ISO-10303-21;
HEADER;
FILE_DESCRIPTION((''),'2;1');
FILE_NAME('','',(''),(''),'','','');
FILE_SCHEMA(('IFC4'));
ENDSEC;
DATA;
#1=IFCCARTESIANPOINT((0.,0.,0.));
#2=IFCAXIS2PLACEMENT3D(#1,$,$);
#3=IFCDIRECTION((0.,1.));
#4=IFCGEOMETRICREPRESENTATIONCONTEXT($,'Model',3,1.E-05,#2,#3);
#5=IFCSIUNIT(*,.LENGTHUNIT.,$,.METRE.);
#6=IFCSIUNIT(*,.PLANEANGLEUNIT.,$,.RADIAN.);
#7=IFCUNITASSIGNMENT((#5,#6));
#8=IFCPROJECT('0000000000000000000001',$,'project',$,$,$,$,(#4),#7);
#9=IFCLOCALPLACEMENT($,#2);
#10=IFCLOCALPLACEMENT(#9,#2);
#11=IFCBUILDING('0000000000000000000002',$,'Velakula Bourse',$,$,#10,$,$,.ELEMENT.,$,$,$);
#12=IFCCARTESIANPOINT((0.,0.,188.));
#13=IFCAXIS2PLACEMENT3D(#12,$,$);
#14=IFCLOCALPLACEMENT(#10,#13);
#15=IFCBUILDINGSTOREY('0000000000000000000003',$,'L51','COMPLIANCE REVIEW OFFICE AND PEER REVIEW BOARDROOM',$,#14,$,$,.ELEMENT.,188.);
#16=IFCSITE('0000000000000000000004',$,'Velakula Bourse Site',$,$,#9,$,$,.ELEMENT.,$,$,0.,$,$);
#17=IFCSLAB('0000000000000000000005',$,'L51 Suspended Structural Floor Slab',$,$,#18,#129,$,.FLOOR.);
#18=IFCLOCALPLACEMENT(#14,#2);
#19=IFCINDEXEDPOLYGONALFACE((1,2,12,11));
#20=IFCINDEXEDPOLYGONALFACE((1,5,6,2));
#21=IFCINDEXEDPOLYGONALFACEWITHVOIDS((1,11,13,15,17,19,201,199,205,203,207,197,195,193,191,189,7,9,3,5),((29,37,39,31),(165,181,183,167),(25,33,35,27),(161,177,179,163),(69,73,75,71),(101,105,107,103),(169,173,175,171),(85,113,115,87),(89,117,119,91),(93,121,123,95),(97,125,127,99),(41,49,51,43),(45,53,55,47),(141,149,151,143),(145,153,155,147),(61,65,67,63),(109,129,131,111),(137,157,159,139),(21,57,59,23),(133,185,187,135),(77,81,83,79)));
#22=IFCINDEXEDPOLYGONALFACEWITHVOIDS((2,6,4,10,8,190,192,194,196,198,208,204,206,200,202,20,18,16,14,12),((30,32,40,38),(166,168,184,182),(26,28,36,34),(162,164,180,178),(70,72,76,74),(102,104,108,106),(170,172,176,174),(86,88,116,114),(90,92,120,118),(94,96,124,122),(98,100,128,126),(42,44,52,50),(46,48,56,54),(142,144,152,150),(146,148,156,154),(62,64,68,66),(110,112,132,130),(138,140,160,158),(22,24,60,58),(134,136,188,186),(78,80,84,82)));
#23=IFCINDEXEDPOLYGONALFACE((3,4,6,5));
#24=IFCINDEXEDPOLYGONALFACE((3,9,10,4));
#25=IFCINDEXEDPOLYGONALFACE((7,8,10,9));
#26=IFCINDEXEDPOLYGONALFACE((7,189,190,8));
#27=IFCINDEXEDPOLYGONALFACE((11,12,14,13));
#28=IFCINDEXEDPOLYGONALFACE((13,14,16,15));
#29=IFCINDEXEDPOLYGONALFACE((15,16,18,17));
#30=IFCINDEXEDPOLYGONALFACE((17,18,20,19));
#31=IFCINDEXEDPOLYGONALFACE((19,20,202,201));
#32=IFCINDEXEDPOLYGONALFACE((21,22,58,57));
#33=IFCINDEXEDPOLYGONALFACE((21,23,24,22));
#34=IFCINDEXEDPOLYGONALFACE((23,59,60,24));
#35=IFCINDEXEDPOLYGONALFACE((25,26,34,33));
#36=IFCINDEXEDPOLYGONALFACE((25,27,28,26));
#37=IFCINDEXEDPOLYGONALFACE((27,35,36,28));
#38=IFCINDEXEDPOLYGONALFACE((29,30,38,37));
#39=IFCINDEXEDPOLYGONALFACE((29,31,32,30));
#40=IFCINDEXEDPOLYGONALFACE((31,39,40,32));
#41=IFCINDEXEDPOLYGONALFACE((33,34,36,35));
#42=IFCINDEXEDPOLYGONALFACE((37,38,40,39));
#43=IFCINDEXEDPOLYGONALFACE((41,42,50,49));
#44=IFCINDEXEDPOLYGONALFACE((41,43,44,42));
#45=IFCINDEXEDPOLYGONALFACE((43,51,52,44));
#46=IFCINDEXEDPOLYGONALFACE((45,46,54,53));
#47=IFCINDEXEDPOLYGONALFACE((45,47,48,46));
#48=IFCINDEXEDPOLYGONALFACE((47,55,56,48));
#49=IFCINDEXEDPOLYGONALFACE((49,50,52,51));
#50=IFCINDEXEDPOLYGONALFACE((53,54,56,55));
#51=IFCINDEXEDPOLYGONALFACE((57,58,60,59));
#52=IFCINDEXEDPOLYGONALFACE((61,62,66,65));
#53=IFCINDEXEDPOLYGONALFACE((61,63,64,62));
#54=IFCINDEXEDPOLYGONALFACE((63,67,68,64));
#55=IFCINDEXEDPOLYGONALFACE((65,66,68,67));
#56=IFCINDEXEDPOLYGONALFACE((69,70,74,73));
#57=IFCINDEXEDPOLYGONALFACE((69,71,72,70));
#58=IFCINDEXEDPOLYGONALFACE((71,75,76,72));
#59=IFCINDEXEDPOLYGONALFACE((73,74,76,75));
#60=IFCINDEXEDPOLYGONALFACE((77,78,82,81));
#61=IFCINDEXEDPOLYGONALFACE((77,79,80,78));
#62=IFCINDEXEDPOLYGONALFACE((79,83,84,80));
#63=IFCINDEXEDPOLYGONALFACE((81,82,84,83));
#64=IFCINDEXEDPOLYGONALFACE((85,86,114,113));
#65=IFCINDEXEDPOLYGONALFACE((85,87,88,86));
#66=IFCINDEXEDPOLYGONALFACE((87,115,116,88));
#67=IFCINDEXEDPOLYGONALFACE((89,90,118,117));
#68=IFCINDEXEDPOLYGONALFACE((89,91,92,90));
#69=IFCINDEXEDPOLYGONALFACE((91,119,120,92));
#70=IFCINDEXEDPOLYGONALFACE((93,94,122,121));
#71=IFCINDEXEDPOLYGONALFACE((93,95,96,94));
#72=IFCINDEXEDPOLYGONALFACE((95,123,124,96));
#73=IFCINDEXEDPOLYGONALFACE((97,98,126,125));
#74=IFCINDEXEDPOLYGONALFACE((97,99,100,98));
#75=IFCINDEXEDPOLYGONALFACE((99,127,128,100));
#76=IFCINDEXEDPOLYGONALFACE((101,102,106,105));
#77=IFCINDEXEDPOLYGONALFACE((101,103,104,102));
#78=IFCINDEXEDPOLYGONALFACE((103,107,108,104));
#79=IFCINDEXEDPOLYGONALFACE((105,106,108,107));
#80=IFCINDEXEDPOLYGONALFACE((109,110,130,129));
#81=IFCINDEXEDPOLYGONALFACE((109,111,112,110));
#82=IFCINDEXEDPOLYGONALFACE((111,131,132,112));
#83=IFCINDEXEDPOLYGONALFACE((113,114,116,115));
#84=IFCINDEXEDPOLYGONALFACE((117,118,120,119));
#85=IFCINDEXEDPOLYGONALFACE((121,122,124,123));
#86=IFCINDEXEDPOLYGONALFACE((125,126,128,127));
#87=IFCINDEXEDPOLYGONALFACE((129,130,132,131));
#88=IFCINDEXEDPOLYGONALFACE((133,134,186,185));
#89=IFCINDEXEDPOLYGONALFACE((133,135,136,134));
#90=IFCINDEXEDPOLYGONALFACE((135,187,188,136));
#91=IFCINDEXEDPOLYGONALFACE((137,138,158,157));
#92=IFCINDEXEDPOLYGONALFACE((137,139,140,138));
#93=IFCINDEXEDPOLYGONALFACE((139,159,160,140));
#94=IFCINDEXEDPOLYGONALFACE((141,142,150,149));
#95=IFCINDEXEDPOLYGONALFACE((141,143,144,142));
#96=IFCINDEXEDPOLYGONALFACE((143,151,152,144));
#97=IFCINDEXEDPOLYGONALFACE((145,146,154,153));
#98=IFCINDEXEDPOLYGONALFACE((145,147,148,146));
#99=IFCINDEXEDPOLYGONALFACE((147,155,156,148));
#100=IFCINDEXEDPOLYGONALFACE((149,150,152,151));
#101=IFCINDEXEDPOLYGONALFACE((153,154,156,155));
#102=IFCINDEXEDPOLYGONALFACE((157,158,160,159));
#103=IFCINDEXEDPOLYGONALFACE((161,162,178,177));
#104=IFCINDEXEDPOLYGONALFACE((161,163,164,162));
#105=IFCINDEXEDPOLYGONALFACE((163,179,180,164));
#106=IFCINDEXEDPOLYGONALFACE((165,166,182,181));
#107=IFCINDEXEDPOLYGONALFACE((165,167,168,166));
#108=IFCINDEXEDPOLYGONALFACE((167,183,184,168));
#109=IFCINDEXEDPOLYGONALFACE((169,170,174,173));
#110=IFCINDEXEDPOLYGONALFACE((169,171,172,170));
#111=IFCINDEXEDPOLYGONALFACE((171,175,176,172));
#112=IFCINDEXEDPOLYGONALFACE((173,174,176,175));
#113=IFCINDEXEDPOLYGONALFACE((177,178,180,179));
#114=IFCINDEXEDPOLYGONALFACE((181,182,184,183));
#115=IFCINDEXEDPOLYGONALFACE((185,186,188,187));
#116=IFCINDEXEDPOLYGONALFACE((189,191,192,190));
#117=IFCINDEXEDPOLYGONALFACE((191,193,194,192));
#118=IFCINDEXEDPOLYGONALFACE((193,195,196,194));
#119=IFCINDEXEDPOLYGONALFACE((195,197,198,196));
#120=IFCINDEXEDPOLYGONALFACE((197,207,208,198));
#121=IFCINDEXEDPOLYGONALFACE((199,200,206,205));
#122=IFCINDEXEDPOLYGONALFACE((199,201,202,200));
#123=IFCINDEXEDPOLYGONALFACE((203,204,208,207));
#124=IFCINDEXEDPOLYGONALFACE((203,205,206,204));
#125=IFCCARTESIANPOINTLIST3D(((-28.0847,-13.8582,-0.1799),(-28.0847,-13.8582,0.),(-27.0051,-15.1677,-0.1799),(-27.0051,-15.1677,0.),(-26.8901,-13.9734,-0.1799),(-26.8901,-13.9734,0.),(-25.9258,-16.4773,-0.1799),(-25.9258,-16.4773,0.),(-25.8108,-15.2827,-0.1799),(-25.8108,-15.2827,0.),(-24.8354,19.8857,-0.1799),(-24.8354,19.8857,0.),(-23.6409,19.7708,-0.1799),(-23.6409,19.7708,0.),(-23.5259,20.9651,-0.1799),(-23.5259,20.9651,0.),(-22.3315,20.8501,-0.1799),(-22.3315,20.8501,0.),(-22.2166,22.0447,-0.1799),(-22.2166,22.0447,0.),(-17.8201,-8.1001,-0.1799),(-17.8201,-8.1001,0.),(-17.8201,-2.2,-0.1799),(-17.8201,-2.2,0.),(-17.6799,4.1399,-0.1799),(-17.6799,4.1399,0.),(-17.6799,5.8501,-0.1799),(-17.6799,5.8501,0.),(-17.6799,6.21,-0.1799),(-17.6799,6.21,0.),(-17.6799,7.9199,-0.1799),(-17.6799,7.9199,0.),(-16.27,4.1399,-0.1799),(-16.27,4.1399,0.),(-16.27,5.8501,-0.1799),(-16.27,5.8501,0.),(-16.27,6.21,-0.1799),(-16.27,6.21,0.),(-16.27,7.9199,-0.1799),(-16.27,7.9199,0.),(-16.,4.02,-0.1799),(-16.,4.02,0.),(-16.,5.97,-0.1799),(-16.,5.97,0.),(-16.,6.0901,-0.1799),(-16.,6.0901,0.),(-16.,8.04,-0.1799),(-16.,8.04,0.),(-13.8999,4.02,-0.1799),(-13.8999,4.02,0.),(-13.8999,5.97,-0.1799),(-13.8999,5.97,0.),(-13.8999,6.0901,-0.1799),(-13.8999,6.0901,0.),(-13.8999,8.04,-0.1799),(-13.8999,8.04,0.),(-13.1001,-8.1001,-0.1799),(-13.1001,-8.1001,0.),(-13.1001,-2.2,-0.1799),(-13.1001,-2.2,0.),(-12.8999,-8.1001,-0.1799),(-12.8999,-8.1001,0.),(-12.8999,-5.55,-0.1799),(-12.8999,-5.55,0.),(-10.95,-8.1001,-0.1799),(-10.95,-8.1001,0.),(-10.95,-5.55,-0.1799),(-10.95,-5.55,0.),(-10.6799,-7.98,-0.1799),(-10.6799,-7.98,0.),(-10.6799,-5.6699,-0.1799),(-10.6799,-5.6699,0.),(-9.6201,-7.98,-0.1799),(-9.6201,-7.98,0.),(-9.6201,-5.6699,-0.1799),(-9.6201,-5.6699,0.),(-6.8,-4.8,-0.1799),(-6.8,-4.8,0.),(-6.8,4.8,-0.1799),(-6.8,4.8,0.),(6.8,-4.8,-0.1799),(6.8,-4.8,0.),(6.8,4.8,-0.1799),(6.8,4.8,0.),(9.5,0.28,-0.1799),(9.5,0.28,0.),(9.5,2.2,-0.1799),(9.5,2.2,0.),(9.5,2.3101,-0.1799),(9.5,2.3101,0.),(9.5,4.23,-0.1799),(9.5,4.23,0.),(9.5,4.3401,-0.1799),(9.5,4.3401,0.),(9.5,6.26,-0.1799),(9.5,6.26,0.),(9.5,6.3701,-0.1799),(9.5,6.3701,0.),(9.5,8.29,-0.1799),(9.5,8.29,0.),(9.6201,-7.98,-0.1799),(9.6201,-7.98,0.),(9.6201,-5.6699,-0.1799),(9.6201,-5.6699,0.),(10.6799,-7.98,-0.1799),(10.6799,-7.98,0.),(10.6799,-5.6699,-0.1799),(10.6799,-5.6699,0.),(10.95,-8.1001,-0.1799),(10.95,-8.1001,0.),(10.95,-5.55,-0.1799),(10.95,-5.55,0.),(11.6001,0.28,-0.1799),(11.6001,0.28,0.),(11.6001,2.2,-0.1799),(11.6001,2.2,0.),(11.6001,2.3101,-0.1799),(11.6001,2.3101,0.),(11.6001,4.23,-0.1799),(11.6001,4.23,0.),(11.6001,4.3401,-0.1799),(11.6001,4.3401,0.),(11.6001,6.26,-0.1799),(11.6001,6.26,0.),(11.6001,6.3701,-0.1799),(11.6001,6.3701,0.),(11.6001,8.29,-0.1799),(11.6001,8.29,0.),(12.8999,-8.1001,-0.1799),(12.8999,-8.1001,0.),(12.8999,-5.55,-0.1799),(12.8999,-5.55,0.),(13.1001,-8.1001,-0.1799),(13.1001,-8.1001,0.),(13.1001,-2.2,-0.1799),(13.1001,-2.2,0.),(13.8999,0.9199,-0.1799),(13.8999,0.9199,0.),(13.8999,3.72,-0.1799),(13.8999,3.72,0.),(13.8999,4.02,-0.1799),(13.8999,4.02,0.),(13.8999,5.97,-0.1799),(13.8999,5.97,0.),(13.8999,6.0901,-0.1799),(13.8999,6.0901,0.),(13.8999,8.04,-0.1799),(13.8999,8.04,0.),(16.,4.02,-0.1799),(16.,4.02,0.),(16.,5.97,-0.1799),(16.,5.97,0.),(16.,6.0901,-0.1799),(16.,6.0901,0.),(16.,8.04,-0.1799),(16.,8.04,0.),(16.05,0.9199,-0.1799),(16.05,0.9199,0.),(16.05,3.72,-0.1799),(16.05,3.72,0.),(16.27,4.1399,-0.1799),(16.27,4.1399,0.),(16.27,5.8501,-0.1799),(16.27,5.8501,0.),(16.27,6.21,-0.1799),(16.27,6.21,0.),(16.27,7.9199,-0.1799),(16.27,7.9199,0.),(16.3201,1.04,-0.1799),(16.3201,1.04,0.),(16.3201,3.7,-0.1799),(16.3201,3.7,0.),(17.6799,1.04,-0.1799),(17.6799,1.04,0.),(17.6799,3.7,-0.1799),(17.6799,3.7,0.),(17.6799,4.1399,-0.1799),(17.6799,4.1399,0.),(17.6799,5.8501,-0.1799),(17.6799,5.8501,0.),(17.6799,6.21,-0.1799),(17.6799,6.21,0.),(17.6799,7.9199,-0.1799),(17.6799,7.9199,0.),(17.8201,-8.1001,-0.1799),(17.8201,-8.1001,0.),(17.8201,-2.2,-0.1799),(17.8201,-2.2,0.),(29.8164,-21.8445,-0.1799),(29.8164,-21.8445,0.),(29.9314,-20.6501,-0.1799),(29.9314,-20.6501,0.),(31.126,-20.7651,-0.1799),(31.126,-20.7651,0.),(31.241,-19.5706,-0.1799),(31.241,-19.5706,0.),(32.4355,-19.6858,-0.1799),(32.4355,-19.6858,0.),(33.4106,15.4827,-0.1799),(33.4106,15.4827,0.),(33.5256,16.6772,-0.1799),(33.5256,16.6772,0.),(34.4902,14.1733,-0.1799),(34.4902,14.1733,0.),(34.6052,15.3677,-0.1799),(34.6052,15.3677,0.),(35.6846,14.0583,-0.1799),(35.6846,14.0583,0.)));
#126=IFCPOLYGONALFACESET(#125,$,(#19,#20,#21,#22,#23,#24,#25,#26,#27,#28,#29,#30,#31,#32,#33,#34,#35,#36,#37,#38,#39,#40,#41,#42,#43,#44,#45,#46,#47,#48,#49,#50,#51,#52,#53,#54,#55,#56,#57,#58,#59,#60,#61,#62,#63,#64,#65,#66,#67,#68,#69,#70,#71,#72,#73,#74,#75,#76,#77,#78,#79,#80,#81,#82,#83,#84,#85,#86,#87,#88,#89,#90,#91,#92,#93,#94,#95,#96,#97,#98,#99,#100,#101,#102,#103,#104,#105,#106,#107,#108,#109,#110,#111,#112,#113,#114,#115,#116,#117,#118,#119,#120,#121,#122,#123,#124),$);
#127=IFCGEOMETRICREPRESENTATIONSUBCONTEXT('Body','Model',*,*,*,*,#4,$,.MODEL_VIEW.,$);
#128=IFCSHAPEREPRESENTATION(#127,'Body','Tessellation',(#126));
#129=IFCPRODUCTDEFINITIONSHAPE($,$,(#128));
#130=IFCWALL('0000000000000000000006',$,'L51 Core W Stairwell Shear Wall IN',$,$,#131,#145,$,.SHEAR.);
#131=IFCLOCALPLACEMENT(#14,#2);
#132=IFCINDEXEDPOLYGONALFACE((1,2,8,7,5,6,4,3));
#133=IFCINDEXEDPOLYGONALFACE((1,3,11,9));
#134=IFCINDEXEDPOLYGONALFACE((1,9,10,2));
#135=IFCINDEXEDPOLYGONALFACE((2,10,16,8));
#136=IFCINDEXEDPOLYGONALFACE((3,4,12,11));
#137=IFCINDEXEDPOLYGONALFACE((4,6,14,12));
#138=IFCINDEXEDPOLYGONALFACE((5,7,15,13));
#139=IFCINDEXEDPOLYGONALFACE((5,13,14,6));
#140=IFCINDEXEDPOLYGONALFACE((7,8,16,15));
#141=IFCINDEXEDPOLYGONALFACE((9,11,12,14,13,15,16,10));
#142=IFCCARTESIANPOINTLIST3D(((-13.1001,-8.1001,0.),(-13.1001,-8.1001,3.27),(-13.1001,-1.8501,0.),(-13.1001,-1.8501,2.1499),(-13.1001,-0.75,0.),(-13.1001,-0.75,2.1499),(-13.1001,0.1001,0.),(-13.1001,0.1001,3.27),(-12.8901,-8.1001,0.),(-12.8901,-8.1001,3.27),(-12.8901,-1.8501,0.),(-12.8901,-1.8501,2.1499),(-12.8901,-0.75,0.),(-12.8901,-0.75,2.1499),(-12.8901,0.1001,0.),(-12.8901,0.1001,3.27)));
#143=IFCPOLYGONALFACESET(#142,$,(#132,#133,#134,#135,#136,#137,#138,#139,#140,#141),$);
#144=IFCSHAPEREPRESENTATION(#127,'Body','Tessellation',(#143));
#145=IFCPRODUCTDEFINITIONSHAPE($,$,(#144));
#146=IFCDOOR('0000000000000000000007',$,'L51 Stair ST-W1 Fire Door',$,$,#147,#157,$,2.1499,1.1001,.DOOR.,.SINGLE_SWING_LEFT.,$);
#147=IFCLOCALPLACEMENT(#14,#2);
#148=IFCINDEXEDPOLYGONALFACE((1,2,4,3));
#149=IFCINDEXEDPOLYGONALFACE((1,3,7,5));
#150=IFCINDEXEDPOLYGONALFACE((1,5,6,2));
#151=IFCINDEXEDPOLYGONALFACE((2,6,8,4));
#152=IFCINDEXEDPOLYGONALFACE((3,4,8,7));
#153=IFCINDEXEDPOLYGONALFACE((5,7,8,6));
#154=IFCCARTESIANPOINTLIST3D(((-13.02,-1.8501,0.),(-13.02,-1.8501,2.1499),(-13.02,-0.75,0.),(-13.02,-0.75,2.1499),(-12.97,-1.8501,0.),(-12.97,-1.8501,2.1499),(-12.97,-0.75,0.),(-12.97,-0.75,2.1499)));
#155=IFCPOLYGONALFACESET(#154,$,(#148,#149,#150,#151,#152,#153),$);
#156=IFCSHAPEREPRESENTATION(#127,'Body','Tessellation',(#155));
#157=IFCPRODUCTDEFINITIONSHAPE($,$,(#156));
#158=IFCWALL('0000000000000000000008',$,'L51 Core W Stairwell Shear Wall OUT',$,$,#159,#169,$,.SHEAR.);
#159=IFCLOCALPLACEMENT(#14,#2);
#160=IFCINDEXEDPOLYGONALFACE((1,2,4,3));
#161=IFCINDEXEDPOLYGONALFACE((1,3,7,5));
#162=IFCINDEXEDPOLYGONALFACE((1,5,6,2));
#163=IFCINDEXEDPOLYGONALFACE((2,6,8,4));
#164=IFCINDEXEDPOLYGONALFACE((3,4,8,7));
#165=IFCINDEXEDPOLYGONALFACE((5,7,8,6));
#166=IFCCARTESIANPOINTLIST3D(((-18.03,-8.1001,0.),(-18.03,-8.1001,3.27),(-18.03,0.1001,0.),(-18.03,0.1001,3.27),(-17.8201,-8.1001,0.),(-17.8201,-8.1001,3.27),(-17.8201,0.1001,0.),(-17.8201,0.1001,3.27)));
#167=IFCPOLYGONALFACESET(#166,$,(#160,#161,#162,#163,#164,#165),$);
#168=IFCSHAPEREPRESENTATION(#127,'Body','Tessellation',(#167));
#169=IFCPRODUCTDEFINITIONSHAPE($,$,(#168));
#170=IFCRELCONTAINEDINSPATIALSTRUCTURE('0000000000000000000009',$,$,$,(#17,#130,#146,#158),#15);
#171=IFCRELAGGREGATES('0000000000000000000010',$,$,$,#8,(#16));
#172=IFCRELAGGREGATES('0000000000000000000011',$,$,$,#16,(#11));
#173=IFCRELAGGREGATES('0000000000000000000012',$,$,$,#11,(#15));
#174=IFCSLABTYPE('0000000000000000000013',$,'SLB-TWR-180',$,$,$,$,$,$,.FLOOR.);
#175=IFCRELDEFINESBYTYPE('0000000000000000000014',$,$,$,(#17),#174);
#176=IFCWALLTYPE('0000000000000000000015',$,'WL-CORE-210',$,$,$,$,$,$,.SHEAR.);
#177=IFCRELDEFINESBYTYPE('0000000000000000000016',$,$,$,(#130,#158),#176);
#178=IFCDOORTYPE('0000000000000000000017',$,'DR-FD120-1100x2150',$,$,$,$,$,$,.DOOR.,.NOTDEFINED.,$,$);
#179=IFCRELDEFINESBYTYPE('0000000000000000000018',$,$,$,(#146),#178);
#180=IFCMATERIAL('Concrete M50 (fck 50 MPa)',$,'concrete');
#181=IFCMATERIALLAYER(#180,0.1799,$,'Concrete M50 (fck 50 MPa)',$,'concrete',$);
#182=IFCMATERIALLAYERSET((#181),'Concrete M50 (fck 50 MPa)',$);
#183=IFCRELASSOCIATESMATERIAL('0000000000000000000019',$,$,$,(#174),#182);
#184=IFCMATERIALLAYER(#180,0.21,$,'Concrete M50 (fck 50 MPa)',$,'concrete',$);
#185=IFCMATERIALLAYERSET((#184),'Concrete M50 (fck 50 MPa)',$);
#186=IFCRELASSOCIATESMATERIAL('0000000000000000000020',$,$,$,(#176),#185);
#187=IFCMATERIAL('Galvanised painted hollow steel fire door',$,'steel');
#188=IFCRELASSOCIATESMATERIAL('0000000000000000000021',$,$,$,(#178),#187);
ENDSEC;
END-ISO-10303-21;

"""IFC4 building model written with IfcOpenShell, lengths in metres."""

from ifc_helpers import new_model, si_unit, direction, frame, frame_2d, origin, place, context, subcontext, project, spatial, polyline, rectangle, outline, extrude, material, layer, layer_set, type_object, element, fill, save


model = new_model("IFC4")

# Units and contexts
model_context = context("Model", 3, precision=1e-05, world=origin(), true_north=direction((0.0, 1.0)))
body_context = subcontext(model_context, "Body", "Model", "MODEL_VIEW")
ifc_project = project(units=[si_unit("LENGTHUNIT", "METRE"), si_unit("PLANEANGLEUNIT", "RADIAN")], contexts=[model_context])

# Site, building, storey
site_placement = place(None, origin())
site = spatial("IfcSite", under=ifc_project, at=site_placement, Name="Velakula Bourse Site", CompositionType="ELEMENT", RefElevation=0.0)
building_placement = place(site_placement, origin())
building = spatial("IfcBuilding", under=site, at=building_placement, Name="Velakula Bourse", CompositionType="ELEMENT")
storey_placement = place(building_placement, frame((0.0, 0.0, 188.0)))
storey = spatial("IfcBuildingStorey", under=building, at=storey_placement, Name="L51", Description="COMPLIANCE REVIEW OFFICE AND PEER REVIEW BOARDROOM", CompositionType="ELEMENT", Elevation=188.0)

# Slab
ifc_material_1 = material(Name="Concrete M50 (fck 50 MPa)", Category="concrete")
ifc_layer_1 = layer(ifc_material_1, 0.1799, Name="Concrete M50 (fck 50 MPa)", Category="concrete")
ifc_layer_set_1 = layer_set([ifc_layer_1], Name="Concrete M50 (fck 50 MPa)")
slab_type = type_object("IfcSlabType", Name="SLB-TWR-180", PredefinedType="FLOOR", material=ifc_layer_set_1)
slab_placement = place(storey_placement, frame((0.0, 0.0, -0.1799)))
element("IfcSlab", 1, at=slab_placement, inside=storey, type_object=slab_type, Name="L51 Suspended Structural Floor Slab", PredefinedType="FLOOR", context=body_context, shape_type="SweptSolid", body=[
    extrude(outline(polyline([(-25.9258, -16.4773), (29.8164, -21.8445), (29.9314, -20.6501), (31.126, -20.7651), (31.241, -19.5706), (32.4355, -19.6858), (35.6846, 14.0583), (34.4902, 14.1733), (34.6052, 15.3677), (33.4106, 15.4827), (33.5256, 16.6772), (-22.2166, 22.0447), (-22.3315, 20.8501), (-23.5259, 20.9651), (-23.6409, 19.7708), (-24.8354, 19.8857), (-28.0847, -13.8582), (-26.8901, -13.9734), (-27.0051, -15.1677), (-25.8108, -15.2827), (-25.9258, -16.4773)]), holes=[polyline([(-17.8201, -8.1001), (-13.1001, -8.1001), (-13.1001, -2.2), (-17.8201, -2.2), (-17.8201, -8.1001)]), polyline([(13.1001, -8.1001), (17.8201, -8.1001), (17.8201, -2.2), (13.1001, -2.2), (13.1001, -8.1001)]), polyline([(-12.8999, -8.1001), (-10.95, -8.1001), (-10.95, -5.55), (-12.8999, -5.55), (-12.8999, -8.1001)]), polyline([(10.95, -8.1001), (12.8999, -8.1001), (12.8999, -5.55), (10.95, -5.55), (10.95, -8.1001)]), polyline([(13.8999, 0.9199), (16.05, 0.9199), (16.05, 3.72), (13.8999, 3.72), (13.8999, 0.9199)]), polyline([(-10.6799, -7.98), (-9.6201, -7.98), (-9.6201, -5.6699), (-10.6799, -5.6699), (-10.6799, -7.98)]), polyline([(-17.6799, 4.1399), (-16.27, 4.1399), (-16.27, 5.8501), (-17.6799, 5.8501), (-17.6799, 4.1399)]), polyline([(-17.6799, 6.21), (-16.27, 6.21), (-16.27, 7.9199), (-17.6799, 7.9199), (-17.6799, 6.21)]), polyline([(9.6201, -7.98), (10.6799, -7.98), (10.6799, -5.6699), (9.6201, -5.6699), (9.6201, -7.98)]), polyline([(16.27, 4.1399), (17.6799, 4.1399), (17.6799, 5.8501), (16.27, 5.8501), (16.27, 4.1399)]), polyline([(16.27, 6.21), (17.6799, 6.21), (17.6799, 7.9199), (16.27, 7.9199), (16.27, 6.21)]), polyline([(16.3201, 1.04), (17.6799, 1.04), (17.6799, 3.7), (16.3201, 3.7), (16.3201, 1.04)]), polyline([(9.5, 0.28), (11.6001, 0.28), (11.6001, 2.2), (9.5, 2.2), (9.5, 0.28)]), polyline([(9.5, 2.3101), (11.6001, 2.3101), (11.6001, 4.23), (9.5, 4.23), (9.5, 2.3101)]), polyline([(9.5, 4.3401), (11.6001, 4.3401), (11.6001, 6.26), (9.5, 6.26), (9.5, 4.3401)]), polyline([(9.5, 6.3701), (11.6001, 6.3701), (11.6001, 8.29), (9.5, 8.29), (9.5, 6.3701)]), polyline([(-16.0, 4.02), (-13.8999, 4.02), (-13.8999, 5.97), (-16.0, 5.97), (-16.0, 4.02)]), polyline([(-16.0, 6.0901), (-13.8999, 6.0901), (-13.8999, 8.04), (-16.0, 8.04), (-16.0, 6.0901)]), polyline([(13.8999, 4.02), (16.0, 4.02), (16.0, 5.97), (13.8999, 5.97), (13.8999, 4.02)]), polyline([(13.8999, 6.0901), (16.0, 6.0901), (16.0, 8.04), (13.8999, 8.04), (13.8999, 6.0901)]), polyline([(-6.8, -4.8), (6.8, -4.8), (6.8, 4.8), (-6.8, 4.8), (-6.8, -4.8)])]), origin(), (0.0, 0.0, 1.0), 0.1799),
])

# Wall, opening, door
ifc_layer_2 = layer(ifc_material_1, 0.21, Name="Concrete M50 (fck 50 MPa)", Category="concrete")
ifc_layer_set_2 = layer_set([ifc_layer_2], Name="Concrete M50 (fck 50 MPa)")
wall_type_1 = type_object("IfcWallType", Name="WL-CORE-210", PredefinedType="SHEAR", material=ifc_layer_set_2)
wall_1_placement = place(storey_placement, frame((-12.9951, -8.1001, 0.0), z_axis=(0.0, 0.0, 1.0), x_axis=(0.0, 1.0, 0.0)))
wall_1 = element("IfcWall", 2, at=wall_1_placement, inside=storey, type_object=wall_type_1, Name="L51 Core W Stairwell Shear Wall IN", PredefinedType="SHEAR", context=body_context, shape_type="SweptSolid", body=[
    extrude(rectangle(XDim=8.2002, YDim=0.21, at=frame_2d((4.1001, 0.0))), origin(), (0.0, 0.0, 1.0), 3.27),
])
opening_1_placement = place(wall_1_placement, frame((6.25, 0.0, 0.0)))
opening_1 = element("IfcOpeningElement", 3, at=opening_1_placement, cuts=wall_1, PredefinedType="OPENING", context=body_context, shape_type="SweptSolid", body=[
    extrude(rectangle(XDim=1.1001, YDim=2.1499, at=frame_2d((0.55, 1.075))), frame((0.0, 0.115, 0.0), z_axis=(0.0, -1.0, 0.0), x_axis=(1.0, 0.0, 0.0)), (0.0, 0.0, 1.0), 0.23),
])
ifc_material_2 = material(Name="Galvanised painted hollow steel fire door", Category="steel")
door_type_1 = type_object("IfcDoorType", Name="DR-FD120-1100x2150", OperationType="NOTDEFINED", PredefinedType="DOOR", material=ifc_material_2)
door_1_placement = place(opening_1_placement, origin())
door_1 = element("IfcDoor", 4, at=door_1_placement, inside=storey, type_object=door_type_1, Name="L51 Stair ST-W1 Fire Door", OperationType="SINGLE_SWING_LEFT", OverallHeight=2.1499, OverallWidth=1.1001, PredefinedType="DOOR", context=body_context, shape_type="SweptSolid", body=[
    extrude(rectangle(XDim=1.1001, YDim=2.1499, at=frame_2d((0.55, 1.075))), frame((0.0, 0.0249, 0.0), z_axis=(0.0, -1.0, 0.0), x_axis=(1.0, 0.0, 0.0)), (0.0, 0.0, 1.0), 0.05),
])
fill(opening_1, door_1)

# Wall
wall_2_placement = place(storey_placement, frame((-17.925, -8.1001, 0.0), z_axis=(0.0, 0.0, 1.0), x_axis=(0.0, 1.0, 0.0)))
element("IfcWall", 5, at=wall_2_placement, inside=storey, type_object=wall_type_1, Name="L51 Core W Stairwell Shear Wall OUT", PredefinedType="SHEAR", context=body_context, shape_type="SweptSolid", body=[
    extrude(rectangle(XDim=8.2002, YDim=0.21, at=frame_2d((4.1001, 0.0))), origin(), (0.0, 0.0, 1.0), 3.27),
])

save(model, "model.ifc")
